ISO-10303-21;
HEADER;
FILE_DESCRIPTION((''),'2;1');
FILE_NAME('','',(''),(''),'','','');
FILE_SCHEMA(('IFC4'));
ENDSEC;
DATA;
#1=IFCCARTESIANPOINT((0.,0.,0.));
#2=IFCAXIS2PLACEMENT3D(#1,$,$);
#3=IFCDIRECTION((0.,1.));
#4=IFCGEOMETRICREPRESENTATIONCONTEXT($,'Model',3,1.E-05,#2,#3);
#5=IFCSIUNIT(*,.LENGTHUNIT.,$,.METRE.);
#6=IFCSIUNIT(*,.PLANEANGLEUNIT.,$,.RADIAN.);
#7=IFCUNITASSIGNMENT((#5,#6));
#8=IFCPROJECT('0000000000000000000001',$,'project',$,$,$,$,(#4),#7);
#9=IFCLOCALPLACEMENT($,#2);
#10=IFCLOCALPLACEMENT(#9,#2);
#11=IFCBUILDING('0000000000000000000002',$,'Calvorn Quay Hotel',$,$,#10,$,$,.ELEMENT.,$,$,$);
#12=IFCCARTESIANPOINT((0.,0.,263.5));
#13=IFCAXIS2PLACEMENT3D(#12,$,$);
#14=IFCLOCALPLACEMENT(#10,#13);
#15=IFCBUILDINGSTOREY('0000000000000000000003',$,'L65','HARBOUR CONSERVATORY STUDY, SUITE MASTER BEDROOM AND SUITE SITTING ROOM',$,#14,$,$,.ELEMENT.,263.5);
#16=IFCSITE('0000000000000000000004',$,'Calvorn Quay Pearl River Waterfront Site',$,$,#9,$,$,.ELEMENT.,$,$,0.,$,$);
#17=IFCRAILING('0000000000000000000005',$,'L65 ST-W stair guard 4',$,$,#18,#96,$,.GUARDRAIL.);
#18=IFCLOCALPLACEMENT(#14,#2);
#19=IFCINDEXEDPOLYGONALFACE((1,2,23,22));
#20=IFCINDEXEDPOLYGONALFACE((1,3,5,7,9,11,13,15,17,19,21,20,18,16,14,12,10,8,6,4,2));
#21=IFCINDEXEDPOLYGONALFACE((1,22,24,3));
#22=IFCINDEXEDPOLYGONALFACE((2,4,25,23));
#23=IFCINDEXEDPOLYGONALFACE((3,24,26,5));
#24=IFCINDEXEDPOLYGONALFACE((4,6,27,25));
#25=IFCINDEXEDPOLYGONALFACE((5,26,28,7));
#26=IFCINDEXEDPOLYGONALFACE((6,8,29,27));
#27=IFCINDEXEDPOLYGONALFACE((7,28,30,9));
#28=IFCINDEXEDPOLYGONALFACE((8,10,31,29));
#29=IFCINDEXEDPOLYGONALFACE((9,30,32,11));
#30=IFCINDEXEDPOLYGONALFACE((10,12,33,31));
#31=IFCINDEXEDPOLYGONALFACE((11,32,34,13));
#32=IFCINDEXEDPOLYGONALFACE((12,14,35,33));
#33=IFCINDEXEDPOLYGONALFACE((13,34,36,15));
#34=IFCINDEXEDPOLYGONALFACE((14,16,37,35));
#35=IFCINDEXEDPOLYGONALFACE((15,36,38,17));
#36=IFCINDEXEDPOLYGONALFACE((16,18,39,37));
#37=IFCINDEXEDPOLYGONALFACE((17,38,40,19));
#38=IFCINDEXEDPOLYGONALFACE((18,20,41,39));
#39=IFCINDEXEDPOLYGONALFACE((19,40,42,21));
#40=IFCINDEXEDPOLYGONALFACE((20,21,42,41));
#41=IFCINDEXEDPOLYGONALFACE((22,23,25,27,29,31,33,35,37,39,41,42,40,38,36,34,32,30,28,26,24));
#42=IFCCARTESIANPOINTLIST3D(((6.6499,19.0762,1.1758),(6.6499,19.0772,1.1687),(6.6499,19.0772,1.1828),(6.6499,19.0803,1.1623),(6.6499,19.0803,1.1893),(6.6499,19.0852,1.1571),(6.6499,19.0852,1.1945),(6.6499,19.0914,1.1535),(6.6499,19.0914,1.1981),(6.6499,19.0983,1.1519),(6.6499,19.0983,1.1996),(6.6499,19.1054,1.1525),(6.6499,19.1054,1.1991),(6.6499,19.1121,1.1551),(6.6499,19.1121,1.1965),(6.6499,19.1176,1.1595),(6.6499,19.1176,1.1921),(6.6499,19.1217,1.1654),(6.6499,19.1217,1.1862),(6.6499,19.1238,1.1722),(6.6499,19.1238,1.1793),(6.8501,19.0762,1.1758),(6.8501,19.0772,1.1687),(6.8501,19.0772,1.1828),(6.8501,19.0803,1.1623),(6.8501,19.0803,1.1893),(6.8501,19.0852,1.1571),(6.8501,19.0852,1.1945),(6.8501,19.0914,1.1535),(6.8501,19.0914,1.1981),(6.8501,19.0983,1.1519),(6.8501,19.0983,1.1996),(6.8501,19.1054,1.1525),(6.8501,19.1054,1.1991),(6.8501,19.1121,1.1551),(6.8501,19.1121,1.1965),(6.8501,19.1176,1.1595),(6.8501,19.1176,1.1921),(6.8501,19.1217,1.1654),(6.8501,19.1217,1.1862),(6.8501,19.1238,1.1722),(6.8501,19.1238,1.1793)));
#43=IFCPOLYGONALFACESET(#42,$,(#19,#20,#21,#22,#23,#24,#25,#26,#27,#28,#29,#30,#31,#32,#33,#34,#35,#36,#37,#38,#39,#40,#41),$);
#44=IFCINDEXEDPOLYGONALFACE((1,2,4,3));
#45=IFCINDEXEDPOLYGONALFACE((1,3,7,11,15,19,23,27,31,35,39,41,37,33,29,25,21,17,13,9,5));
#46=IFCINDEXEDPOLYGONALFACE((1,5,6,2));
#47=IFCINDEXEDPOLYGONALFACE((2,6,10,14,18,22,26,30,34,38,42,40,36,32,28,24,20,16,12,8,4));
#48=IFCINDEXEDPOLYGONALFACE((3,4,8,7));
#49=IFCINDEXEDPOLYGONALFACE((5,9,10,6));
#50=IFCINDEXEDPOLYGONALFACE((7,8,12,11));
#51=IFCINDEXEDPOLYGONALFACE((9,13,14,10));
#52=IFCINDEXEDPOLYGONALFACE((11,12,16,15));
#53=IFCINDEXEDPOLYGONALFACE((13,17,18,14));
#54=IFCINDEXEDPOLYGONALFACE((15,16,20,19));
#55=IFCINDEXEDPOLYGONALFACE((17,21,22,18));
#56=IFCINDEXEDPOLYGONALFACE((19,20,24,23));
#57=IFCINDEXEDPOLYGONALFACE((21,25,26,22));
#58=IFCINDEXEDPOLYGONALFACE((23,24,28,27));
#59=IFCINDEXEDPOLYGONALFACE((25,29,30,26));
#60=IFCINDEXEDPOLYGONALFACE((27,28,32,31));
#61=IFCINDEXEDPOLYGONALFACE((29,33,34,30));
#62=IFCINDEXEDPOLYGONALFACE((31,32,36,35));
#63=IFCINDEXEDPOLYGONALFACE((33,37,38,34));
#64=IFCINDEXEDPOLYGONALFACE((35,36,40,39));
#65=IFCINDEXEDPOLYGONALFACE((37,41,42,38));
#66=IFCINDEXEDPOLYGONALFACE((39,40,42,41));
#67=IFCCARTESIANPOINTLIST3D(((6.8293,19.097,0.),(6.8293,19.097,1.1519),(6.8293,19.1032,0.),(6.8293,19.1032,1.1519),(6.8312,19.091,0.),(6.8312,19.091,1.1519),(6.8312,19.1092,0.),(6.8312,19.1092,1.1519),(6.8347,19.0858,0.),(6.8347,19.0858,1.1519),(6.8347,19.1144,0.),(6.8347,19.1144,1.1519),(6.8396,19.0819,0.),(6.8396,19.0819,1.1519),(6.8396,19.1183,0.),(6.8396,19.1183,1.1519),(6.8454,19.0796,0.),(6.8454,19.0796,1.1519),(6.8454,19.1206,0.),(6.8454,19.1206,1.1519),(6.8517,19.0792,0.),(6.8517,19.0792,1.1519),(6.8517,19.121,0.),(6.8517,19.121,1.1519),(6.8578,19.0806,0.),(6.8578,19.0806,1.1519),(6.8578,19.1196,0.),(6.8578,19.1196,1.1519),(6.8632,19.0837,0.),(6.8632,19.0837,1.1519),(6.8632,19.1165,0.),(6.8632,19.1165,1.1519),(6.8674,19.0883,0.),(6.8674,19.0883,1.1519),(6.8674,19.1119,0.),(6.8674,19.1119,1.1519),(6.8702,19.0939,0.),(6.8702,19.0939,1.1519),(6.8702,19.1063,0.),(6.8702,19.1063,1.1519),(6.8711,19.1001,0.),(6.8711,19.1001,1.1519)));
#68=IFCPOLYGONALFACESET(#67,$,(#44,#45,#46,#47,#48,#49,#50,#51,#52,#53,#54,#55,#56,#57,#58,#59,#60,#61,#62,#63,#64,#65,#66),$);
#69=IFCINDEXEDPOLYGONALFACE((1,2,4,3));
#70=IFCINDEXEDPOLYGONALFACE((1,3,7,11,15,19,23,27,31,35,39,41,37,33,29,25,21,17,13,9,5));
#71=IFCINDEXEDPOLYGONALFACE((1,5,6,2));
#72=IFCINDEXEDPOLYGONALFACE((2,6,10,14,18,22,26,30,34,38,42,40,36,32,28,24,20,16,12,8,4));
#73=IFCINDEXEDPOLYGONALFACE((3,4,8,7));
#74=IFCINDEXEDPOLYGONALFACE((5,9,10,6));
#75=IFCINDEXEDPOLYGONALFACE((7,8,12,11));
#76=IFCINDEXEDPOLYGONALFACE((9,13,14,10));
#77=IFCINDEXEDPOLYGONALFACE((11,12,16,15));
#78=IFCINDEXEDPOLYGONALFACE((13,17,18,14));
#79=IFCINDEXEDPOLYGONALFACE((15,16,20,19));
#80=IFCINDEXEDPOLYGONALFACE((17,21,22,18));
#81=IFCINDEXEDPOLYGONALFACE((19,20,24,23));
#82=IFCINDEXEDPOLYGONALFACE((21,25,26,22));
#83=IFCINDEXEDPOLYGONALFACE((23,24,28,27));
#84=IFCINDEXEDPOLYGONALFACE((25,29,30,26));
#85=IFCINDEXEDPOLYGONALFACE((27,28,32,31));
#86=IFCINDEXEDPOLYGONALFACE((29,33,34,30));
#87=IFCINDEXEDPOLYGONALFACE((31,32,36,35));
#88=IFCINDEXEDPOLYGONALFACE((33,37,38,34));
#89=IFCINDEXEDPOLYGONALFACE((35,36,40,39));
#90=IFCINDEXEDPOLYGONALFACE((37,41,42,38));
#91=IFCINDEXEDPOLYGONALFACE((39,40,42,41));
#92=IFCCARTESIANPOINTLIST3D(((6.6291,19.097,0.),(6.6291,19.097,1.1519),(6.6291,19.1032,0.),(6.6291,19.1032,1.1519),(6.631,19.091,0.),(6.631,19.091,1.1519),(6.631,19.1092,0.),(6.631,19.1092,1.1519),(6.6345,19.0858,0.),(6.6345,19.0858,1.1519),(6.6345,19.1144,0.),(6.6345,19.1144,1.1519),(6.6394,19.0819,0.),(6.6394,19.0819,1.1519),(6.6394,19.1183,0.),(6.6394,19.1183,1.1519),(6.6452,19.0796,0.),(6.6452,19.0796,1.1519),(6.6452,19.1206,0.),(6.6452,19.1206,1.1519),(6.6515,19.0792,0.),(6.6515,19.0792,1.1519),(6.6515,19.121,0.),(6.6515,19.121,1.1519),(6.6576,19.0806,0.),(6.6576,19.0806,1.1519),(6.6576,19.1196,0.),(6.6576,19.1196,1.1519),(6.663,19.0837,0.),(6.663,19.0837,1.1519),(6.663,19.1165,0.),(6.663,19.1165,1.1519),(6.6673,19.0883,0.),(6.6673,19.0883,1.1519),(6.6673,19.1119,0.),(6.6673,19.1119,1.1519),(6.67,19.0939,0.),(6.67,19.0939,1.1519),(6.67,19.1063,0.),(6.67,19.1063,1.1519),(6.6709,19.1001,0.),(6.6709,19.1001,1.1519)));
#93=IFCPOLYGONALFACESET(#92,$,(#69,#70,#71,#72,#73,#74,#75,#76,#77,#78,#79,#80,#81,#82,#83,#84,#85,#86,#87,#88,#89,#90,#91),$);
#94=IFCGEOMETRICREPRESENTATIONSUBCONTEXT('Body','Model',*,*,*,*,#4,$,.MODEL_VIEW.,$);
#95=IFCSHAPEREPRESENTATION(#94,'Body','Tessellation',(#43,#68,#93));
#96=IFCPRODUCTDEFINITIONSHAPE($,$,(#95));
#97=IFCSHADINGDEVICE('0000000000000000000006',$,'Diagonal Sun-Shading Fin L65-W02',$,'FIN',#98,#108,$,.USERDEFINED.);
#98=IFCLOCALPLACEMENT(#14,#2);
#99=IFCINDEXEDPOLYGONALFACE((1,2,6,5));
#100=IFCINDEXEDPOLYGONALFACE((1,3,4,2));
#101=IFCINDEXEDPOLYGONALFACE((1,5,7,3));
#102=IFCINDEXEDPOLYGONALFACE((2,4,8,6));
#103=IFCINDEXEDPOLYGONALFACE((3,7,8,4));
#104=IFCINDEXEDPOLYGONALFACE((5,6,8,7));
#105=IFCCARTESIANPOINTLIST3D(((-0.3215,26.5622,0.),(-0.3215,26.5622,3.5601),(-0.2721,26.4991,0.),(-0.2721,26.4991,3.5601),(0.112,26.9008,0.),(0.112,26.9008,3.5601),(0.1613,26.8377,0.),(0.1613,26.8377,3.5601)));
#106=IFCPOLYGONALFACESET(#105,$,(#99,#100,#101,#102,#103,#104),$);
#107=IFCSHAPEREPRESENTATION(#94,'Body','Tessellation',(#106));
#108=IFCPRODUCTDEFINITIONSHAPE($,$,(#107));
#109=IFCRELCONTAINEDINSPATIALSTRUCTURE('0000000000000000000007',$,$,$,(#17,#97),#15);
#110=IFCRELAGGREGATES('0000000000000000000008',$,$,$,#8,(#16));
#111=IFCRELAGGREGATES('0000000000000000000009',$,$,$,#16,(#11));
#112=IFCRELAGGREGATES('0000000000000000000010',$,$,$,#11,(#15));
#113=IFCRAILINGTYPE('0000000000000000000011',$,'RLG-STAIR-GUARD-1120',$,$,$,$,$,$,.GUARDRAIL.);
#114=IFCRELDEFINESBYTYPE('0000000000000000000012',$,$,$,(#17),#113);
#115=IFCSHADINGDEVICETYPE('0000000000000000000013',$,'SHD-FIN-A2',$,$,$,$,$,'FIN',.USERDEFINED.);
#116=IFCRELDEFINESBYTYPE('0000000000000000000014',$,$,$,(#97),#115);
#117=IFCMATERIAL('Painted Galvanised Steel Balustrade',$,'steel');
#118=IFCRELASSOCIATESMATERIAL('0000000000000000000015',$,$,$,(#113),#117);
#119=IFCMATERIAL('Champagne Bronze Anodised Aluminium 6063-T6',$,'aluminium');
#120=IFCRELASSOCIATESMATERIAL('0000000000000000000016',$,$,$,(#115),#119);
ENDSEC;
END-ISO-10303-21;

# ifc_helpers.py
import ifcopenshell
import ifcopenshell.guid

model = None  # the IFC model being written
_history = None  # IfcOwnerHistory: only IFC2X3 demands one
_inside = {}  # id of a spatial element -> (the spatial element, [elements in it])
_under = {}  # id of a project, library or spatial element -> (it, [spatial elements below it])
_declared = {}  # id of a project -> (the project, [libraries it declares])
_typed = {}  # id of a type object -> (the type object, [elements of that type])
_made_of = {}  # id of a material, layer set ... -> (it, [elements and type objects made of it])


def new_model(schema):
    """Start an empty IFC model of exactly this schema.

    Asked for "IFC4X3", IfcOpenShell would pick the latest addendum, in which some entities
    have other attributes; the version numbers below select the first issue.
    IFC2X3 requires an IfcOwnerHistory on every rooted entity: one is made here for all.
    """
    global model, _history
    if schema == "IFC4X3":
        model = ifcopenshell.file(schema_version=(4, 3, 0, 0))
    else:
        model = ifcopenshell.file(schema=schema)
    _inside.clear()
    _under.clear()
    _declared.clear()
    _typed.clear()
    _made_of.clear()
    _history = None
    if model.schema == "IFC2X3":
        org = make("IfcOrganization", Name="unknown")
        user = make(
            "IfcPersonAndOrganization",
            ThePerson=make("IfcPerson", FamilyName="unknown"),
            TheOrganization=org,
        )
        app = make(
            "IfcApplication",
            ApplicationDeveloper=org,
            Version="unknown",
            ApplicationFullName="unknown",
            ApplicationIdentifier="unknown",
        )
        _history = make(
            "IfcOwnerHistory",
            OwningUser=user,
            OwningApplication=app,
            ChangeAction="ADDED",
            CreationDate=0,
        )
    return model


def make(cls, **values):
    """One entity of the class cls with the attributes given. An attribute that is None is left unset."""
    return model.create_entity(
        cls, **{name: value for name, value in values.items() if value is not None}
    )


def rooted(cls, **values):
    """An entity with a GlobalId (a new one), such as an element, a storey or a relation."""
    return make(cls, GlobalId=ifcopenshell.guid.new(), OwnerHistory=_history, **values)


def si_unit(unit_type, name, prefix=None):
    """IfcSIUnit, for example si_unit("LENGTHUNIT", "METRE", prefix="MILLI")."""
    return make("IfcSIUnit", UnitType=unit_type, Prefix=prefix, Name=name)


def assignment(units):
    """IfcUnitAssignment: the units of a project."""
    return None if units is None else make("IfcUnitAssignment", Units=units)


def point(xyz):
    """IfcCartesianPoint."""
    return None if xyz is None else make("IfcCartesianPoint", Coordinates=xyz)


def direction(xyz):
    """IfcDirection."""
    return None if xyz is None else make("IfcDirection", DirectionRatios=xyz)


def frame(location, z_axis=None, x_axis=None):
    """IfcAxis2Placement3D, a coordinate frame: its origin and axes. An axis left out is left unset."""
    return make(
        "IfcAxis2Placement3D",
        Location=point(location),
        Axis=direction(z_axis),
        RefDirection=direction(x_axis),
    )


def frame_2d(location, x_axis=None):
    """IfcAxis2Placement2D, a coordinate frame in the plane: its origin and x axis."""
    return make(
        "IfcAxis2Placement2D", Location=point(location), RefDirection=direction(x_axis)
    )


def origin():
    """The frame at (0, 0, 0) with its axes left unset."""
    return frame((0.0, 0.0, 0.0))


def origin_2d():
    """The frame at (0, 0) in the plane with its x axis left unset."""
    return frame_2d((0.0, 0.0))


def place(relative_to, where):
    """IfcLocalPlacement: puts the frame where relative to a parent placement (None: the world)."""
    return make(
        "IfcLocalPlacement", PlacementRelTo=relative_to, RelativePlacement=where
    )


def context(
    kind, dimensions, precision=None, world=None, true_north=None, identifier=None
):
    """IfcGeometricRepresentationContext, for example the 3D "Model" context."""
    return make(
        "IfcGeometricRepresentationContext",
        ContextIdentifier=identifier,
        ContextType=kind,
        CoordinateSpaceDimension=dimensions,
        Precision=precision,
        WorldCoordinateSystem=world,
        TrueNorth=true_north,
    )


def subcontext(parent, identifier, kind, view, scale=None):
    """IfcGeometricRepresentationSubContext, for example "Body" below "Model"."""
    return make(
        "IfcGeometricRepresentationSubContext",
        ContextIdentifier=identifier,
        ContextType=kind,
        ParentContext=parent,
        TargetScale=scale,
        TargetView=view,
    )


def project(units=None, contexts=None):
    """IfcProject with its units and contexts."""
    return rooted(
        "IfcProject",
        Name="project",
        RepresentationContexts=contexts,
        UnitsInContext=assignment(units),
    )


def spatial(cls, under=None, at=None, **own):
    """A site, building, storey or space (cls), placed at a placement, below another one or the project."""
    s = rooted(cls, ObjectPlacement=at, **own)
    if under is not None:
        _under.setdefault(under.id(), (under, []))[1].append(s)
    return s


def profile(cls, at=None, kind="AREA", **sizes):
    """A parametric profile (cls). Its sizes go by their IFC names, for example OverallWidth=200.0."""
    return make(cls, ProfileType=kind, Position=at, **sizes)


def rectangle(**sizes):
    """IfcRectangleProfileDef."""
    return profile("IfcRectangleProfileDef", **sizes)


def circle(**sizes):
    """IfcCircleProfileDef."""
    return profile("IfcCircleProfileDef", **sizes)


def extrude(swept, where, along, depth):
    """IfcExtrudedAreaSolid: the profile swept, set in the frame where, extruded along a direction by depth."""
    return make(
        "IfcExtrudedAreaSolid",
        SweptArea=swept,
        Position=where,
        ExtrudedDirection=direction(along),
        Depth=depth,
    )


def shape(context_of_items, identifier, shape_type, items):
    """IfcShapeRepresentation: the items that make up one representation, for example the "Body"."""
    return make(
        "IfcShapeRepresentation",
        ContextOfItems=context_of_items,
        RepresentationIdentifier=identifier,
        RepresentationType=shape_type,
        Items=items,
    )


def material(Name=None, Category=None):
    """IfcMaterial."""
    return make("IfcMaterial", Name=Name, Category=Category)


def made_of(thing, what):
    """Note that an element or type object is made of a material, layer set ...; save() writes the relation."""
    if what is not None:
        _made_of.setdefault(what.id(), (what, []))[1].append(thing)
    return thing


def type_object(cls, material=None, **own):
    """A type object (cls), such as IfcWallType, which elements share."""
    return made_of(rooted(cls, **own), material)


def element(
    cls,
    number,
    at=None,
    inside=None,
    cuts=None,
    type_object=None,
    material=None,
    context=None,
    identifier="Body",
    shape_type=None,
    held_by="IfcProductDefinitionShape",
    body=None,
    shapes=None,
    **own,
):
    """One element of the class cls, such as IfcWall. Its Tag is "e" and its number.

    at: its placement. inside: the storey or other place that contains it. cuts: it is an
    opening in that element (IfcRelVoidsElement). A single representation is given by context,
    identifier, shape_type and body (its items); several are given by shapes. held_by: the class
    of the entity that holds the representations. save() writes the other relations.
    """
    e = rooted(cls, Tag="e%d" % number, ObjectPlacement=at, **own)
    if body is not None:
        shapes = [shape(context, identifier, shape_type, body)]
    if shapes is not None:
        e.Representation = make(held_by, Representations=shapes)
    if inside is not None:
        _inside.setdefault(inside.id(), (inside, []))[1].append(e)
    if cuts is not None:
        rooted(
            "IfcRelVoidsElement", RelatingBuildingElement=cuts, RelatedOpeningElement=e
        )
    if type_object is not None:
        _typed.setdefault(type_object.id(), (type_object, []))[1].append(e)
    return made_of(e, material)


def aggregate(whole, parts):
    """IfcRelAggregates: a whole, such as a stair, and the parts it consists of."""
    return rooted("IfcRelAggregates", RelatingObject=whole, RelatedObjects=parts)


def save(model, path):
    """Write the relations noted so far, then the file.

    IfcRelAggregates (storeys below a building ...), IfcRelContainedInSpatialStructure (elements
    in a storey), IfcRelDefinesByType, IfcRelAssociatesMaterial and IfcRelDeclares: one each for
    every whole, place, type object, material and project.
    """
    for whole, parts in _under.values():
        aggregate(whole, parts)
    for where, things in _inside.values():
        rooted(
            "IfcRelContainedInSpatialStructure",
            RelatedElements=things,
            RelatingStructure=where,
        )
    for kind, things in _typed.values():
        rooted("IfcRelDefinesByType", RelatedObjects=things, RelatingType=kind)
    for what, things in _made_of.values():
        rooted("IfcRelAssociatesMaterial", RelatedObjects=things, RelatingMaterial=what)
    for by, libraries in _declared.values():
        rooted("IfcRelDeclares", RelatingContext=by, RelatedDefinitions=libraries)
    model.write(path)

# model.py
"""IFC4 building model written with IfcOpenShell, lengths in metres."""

from ifc_helpers import new_model, si_unit, direction, frame, origin, origin_2d, place, context, subcontext, project, spatial, rectangle, circle, extrude, material, type_object, element, save


model = new_model("IFC4")

# Units and contexts
model_context = context("Model", 3, precision=1e-05, world=origin(), true_north=direction((0.0, 1.0)))
body_context = subcontext(model_context, "Body", "Model", "MODEL_VIEW")
ifc_project = project(units=[si_unit("LENGTHUNIT", "METRE"), si_unit("PLANEANGLEUNIT", "RADIAN")], contexts=[model_context])

# Site, building, storey
site_placement = place(None, origin())
site = spatial("IfcSite", under=ifc_project, at=site_placement, Name="Calvorn Quay Pearl River Waterfront Site", CompositionType="ELEMENT", RefElevation=0.0)
building_placement = place(site_placement, origin())
building = spatial("IfcBuilding", under=site, at=building_placement, Name="Calvorn Quay Hotel", CompositionType="ELEMENT")
storey_placement = place(building_placement, frame((0.0, 0.0, 263.5)))
storey = spatial("IfcBuildingStorey", under=building, at=storey_placement, Name="L65", Description="HARBOUR CONSERVATORY STUDY, SUITE MASTER BEDROOM AND SUITE SITTING ROOM", CompositionType="ELEMENT", Elevation=263.5)

# Railing
ifc_material_1 = material(Name="Painted Galvanised Steel Balustrade", Category="steel")
railing_type_1 = type_object("IfcRailingType", Name="RLG-STAIR-GUARD-1120", PredefinedType="GUARDRAIL", material=ifc_material_1)
railing_1_placement = place(storey_placement, frame((6.8501, 19.1001, 0.0)))
element("IfcRailing", 1, at=railing_1_placement, inside=storey, type_object=railing_type_1, Name="L65 ST-W stair guard 4", PredefinedType="GUARDRAIL", context=body_context, shape_type="SweptSolid", body=[
    extrude(circle(Radius=0.0239, at=origin_2d()), frame((0.0, 0.0, 1.1758), z_axis=(-1.0, 0.0, 0.0), x_axis=(0.0, -1.0, 0.0)), (0.0, 0.0, 1.0), 0.2002),
    extrude(circle(Radius=0.021, at=origin_2d()), origin(), (0.0, 0.0, 1.0), 1.1519),
    extrude(circle(Radius=0.021, at=origin_2d()), frame((-0.2002, 0.0, 0.0)), (0.0, 0.0, 1.0), 1.1519),
])

# Shading device
ifc_material_2 = material(Name="Champagne Bronze Anodised Aluminium 6063-T6", Category="aluminium")
shading_device_type = type_object("IfcShadingDeviceType", Name="SHD-FIN-A2", ElementType="FIN", PredefinedType="USERDEFINED", material=ifc_material_2)
shading_device_placement = place(storey_placement, frame((-0.0801, 26.7, 0.0), z_axis=(0.0, 0.0, 1.0), x_axis=(0.788011, 0.615661, 0.0)))
element("IfcShadingDevice", 2, at=shading_device_placement, inside=storey, type_object=shading_device_type, Name="Diagonal Sun-Shading Fin L65-W02", ObjectType="FIN", PredefinedType="USERDEFINED", context=body_context, shape_type="SweptSolid", body=[
    extrude(rectangle(XDim=0.55, YDim=0.0801, at=origin_2d()), origin(), (0.0, 0.0, 1.0), 3.5601),
])

save(model, "model.ifc")
